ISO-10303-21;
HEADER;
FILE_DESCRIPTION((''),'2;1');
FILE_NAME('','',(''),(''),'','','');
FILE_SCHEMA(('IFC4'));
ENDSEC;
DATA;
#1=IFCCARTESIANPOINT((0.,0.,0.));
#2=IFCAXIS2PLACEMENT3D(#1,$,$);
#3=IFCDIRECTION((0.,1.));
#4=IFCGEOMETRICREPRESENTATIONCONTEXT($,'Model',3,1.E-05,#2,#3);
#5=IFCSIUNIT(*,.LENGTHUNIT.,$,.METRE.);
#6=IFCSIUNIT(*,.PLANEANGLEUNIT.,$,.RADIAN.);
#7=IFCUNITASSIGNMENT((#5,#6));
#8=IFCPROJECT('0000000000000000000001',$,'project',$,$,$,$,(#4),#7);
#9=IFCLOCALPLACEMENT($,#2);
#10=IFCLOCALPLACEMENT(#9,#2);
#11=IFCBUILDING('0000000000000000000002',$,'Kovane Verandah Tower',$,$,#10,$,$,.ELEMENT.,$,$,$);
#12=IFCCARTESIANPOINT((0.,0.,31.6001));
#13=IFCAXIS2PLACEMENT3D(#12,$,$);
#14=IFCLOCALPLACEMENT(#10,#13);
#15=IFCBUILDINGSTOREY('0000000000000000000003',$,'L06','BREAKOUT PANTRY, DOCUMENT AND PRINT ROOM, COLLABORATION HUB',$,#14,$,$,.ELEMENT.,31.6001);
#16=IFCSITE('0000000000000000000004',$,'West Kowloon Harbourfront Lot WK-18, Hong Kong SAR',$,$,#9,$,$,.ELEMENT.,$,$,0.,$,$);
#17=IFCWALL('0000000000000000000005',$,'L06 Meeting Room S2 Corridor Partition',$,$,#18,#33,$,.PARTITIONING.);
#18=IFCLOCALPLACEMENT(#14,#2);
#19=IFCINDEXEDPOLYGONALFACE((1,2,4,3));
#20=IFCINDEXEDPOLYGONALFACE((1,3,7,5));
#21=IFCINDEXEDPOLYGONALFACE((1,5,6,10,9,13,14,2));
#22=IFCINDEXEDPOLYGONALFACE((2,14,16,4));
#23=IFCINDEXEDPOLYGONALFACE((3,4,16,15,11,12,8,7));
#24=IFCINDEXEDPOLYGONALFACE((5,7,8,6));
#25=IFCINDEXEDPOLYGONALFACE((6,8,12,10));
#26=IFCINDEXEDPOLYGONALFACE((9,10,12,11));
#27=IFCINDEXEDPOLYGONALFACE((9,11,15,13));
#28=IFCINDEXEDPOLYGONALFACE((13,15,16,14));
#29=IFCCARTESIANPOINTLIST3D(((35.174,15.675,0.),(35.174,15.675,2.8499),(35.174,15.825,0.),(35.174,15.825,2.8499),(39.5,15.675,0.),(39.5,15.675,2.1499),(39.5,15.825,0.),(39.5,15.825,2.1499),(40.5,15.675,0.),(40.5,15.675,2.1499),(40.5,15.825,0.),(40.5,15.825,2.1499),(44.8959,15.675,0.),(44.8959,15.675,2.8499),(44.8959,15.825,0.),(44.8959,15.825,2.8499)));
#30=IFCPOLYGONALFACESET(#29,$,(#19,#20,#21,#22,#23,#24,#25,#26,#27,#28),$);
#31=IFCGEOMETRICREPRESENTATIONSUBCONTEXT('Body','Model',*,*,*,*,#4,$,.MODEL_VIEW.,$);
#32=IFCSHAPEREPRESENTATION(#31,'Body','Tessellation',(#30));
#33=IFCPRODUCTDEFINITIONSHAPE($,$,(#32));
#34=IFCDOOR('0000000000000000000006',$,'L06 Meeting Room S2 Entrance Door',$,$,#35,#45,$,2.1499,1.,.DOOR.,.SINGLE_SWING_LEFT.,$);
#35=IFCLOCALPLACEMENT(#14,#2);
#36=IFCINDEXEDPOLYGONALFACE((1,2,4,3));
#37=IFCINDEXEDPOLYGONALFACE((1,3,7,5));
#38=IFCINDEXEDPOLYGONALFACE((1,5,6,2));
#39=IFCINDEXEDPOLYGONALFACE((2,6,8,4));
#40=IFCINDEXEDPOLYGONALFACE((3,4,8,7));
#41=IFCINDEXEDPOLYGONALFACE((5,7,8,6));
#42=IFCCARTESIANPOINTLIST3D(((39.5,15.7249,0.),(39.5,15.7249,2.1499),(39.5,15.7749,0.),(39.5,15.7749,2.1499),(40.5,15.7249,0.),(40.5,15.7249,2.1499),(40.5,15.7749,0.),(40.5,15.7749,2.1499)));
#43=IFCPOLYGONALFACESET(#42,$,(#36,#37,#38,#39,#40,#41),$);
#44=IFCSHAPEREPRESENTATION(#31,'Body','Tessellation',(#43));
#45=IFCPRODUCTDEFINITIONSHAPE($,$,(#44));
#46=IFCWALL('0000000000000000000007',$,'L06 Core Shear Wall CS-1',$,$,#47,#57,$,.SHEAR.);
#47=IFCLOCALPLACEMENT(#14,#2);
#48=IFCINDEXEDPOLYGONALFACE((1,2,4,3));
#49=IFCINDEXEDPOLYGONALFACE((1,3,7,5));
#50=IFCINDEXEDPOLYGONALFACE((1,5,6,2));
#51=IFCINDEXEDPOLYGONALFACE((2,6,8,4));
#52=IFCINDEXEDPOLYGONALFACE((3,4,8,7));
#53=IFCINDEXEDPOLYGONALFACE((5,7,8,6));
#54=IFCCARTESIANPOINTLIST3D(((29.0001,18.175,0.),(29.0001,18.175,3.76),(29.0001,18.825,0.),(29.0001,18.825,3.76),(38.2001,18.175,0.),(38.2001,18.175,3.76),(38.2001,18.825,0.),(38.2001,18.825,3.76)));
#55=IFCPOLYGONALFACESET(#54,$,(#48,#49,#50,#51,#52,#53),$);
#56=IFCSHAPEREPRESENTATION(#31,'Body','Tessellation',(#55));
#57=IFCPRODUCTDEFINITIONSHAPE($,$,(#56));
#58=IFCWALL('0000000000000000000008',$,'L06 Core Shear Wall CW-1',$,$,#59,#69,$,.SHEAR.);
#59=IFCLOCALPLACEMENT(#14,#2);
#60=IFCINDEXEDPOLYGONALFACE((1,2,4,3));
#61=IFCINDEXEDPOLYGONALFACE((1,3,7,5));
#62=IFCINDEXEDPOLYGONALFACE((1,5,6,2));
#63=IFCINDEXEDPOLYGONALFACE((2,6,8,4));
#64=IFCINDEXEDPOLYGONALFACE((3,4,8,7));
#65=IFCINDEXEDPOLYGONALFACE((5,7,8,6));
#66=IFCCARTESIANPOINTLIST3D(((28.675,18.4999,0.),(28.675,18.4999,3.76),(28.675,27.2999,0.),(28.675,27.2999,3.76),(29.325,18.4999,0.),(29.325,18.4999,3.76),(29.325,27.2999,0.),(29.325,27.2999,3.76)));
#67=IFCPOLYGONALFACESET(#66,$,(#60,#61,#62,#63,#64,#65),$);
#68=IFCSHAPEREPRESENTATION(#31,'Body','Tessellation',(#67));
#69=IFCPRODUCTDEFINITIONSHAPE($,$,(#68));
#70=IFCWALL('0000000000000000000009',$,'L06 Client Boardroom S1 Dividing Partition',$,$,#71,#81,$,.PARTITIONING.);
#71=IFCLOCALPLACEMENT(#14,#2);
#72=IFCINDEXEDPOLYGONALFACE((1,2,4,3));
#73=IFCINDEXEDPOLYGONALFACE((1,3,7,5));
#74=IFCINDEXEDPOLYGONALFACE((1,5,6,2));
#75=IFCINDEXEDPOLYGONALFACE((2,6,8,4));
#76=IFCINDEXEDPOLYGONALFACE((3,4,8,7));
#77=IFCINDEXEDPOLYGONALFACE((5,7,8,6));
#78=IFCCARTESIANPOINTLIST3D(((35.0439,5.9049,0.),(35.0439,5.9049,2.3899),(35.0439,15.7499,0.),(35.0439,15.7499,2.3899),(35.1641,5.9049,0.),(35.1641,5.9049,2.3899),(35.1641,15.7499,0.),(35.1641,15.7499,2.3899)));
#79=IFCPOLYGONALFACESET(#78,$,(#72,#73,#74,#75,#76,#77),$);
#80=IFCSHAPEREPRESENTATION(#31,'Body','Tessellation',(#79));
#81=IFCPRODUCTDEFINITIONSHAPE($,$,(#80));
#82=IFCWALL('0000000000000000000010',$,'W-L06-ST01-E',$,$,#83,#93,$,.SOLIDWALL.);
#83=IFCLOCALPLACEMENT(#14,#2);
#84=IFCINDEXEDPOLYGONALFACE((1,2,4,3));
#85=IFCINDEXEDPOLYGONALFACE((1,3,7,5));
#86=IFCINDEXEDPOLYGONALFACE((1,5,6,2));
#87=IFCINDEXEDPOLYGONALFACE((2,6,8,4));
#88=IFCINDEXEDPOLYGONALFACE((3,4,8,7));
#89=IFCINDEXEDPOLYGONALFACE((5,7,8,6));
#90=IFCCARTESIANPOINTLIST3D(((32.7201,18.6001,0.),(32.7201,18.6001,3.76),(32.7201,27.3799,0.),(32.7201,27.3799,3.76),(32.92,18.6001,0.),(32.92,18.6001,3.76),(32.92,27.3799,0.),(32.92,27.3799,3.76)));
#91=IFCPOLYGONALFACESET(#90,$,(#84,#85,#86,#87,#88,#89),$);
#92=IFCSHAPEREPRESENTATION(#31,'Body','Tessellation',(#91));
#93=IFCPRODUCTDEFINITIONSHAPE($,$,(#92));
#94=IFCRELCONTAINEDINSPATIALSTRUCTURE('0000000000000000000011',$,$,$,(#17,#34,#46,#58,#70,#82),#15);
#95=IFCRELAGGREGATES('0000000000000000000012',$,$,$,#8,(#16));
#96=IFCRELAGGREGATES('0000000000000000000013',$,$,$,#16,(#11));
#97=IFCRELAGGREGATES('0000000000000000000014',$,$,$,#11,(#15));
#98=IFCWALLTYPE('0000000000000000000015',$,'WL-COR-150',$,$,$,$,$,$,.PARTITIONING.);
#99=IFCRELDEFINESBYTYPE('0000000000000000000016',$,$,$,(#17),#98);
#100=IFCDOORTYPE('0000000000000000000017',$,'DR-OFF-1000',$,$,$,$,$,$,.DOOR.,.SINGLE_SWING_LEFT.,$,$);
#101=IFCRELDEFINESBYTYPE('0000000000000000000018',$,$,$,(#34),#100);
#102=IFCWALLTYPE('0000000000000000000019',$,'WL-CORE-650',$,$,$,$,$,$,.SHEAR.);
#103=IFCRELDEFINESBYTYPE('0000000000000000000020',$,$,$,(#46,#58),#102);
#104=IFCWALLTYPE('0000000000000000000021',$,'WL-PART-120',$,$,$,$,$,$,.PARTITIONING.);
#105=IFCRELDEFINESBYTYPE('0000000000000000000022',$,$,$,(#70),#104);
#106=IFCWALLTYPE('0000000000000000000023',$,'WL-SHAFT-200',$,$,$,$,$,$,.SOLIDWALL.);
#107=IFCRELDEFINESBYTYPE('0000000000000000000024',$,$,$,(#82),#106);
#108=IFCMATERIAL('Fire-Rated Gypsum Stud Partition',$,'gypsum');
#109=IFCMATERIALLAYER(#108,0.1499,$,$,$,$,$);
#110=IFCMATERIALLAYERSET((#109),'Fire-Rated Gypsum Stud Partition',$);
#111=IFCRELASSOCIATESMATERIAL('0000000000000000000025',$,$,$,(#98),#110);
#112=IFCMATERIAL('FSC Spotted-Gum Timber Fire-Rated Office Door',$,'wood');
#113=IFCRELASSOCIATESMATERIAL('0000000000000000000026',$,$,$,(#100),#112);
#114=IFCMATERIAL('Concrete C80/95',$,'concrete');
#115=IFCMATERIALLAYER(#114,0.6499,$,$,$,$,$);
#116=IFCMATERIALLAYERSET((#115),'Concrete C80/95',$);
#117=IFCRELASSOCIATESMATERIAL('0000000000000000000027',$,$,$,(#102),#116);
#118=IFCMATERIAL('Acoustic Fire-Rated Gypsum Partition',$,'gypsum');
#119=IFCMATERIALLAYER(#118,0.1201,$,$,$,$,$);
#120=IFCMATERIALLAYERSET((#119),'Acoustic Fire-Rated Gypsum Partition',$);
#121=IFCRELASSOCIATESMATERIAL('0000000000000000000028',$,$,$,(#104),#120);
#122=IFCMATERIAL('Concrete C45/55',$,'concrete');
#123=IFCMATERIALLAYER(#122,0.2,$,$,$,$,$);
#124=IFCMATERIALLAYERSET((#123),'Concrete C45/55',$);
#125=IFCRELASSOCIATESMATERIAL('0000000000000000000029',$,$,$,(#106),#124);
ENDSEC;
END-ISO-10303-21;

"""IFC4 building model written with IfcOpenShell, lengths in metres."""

from ifc_helpers import new_model, si_unit, direction, frame, frame_2d, origin, place, context, subcontext, project, spatial, rectangle, extrude, material, layer, layer_set, type_object, element, fill, save


model = new_model("IFC4")

# Units and contexts
model_context = context("Model", 3, precision=1e-05, world=origin(), true_north=direction((0.0, 1.0)))
body_context = subcontext(model_context, "Body", "Model", "MODEL_VIEW")
ifc_project = project(units=[si_unit("LENGTHUNIT", "METRE"), si_unit("PLANEANGLEUNIT", "RADIAN")], contexts=[model_context])

# Site, building, storey
site_placement = place(None, origin())
site = spatial("IfcSite", under=ifc_project, at=site_placement, Name="West Kowloon Harbourfront Lot WK-18, Hong Kong SAR", CompositionType="ELEMENT", RefElevation=0.0)
building_placement = place(site_placement, origin())
building = spatial("IfcBuilding", under=site, at=building_placement, Name="Kovane Verandah Tower", CompositionType="ELEMENT")
storey_placement = place(building_placement, frame((0.0, 0.0, 31.6001)))
storey = spatial("IfcBuildingStorey", under=building, at=storey_placement, Name="L06", Description="BREAKOUT PANTRY, DOCUMENT AND PRINT ROOM, COLLABORATION HUB", CompositionType="ELEMENT", Elevation=31.6001)

# Shared definitions
ifc_material_1 = material(Name="Concrete C80/95", Category="concrete")

# Wall, opening, door
ifc_material_2 = material(Name="Fire-Rated Gypsum Stud Partition", Category="gypsum")
ifc_layer_1 = layer(ifc_material_2, 0.1499)
ifc_layer_set_1 = layer_set([ifc_layer_1], Name="Fire-Rated Gypsum Stud Partition")
wall_type_1 = type_object("IfcWallType", Name="WL-COR-150", PredefinedType="PARTITIONING", material=ifc_layer_set_1)
wall_1_placement = place(storey_placement, frame((35.1741, 15.75, 0.0), z_axis=(0.0, 0.0, 1.0), x_axis=(1.0, 0.0, 0.0)))
wall_1 = element("IfcWall", 1, at=wall_1_placement, inside=storey, type_object=wall_type_1, Name="L06 Meeting Room S2 Corridor Partition", PredefinedType="PARTITIONING", context=body_context, shape_type="SweptSolid", body=[
    extrude(rectangle(XDim=9.7219, YDim=0.1499, at=frame_2d((4.8608, 0.0))), origin(), (0.0, 0.0, 1.0), 2.8499),
])
opening_placement = place(wall_1_placement, frame((4.3259, 0.0, 0.0)))
opening = element("IfcOpeningElement", 2, at=opening_placement, cuts=wall_1, PredefinedType="OPENING", context=body_context, shape_type="SweptSolid", body=[
    extrude(rectangle(XDim=1.0, YDim=2.1499, at=frame_2d((0.5, 1.075))), frame((0.0, 0.075, 0.0), z_axis=(0.0, -1.0, 0.0), x_axis=(1.0, 0.0, 0.0)), (0.0, 0.0, 1.0), 0.1499),
])
ifc_material_3 = material(Name="FSC Spotted-Gum Timber Fire-Rated Office Door", Category="wood")
door_type = type_object("IfcDoorType", Name="DR-OFF-1000", OperationType="SINGLE_SWING_LEFT", PredefinedType="DOOR", material=ifc_material_3)
door_placement = place(opening_placement, origin())
door = element("IfcDoor", 3, at=door_placement, inside=storey, type_object=door_type, Name="L06 Meeting Room S2 Entrance Door", OperationType="SINGLE_SWING_LEFT", OverallHeight=2.1499, OverallWidth=1.0, PredefinedType="DOOR", context=body_context, shape_type="SweptSolid", body=[
    extrude(rectangle(XDim=1.0, YDim=2.1499, at=frame_2d((0.5, 1.075))), frame((0.0, 0.0249, 0.0), z_axis=(0.0, -1.0, 0.0), x_axis=(1.0, 0.0, 0.0)), (0.0, 0.0, 1.0), 0.05),
])
fill(opening, door)

# Walls
ifc_layer_2 = layer(ifc_material_1, 0.6499)
ifc_layer_set_2 = layer_set([ifc_layer_2], Name="Concrete C80/95")
wall_type_2 = type_object("IfcWallType", Name="WL-CORE-650", PredefinedType="SHEAR", material=ifc_layer_set_2)
wall_2_placement = place(storey_placement, frame((29.0, 18.5, 0.0), z_axis=(0.0, 0.0, 1.0), x_axis=(1.0, 0.0, 0.0)))
element("IfcWall", 4, at=wall_2_placement, inside=storey, type_object=wall_type_2, Name="L06 Core Shear Wall CS-1", PredefinedType="SHEAR", context=body_context, shape_type="SweptSolid", body=[
    extrude(rectangle(XDim=9.2, YDim=0.6499, at=frame_2d((4.6001, 0.0))), origin(), (0.0, 0.0, 1.0), 3.76),
])
wall_3_placement = place(storey_placement, frame((29.0, 18.5, 0.0), z_axis=(0.0, 0.0, 1.0), x_axis=(0.0, 1.0, 0.0)))
element("IfcWall", 5, at=wall_3_placement, inside=storey, type_object=wall_type_2, Name="L06 Core Shear Wall CW-1", PredefinedType="SHEAR", context=body_context, shape_type="SweptSolid", body=[
    extrude(rectangle(XDim=8.8, YDim=0.6499, at=frame_2d((4.3999, 0.0))), origin(), (0.0, 0.0, 1.0), 3.76),
])
ifc_material_4 = material(Name="Acoustic Fire-Rated Gypsum Partition", Category="gypsum")
ifc_layer_3 = layer(ifc_material_4, 0.1201)
ifc_layer_set_3 = layer_set([ifc_layer_3], Name="Acoustic Fire-Rated Gypsum Partition")
wall_type_3 = type_object("IfcWallType", Name="WL-PART-120", PredefinedType="PARTITIONING", material=ifc_layer_set_3)
wall_4_placement = place(storey_placement, frame((35.104, 5.905, 0.0), z_axis=(0.0, 0.0, 1.0), x_axis=(0.0, 1.0, 0.0)))
element("IfcWall", 6, at=wall_4_placement, inside=storey, type_object=wall_type_3, Name="L06 Client Boardroom S1 Dividing Partition", PredefinedType="PARTITIONING", context=body_context, shape_type="SweptSolid", body=[
    extrude(rectangle(XDim=9.845, YDim=0.1201, at=frame_2d((4.9224, 0.0))), origin(), (0.0, 0.0, 1.0), 2.3899),
])
ifc_material_5 = material(Name="Concrete C45/55", Category="concrete")
ifc_layer_4 = layer(ifc_material_5, 0.2)
ifc_layer_set_4 = layer_set([ifc_layer_4], Name="Concrete C45/55")
wall_type_4 = type_object("IfcWallType", Name="WL-SHAFT-200", PredefinedType="SOLIDWALL", material=ifc_layer_set_4)
wall_5_placement = place(storey_placement, frame((32.8201, 18.6001, 0.0), z_axis=(0.0, 0.0, 1.0), x_axis=(0.0, 1.0, 0.0)))
element("IfcWall", 7, at=wall_5_placement, inside=storey, type_object=wall_type_4, Name="W-L06-ST01-E", PredefinedType="SOLIDWALL", context=body_context, shape_type="SweptSolid", body=[
    extrude(rectangle(XDim=8.7798, YDim=0.2, at=frame_2d((4.3899, 0.0))), origin(), (0.0, 0.0, 1.0), 3.76),
])

save(model, "model.ifc")
